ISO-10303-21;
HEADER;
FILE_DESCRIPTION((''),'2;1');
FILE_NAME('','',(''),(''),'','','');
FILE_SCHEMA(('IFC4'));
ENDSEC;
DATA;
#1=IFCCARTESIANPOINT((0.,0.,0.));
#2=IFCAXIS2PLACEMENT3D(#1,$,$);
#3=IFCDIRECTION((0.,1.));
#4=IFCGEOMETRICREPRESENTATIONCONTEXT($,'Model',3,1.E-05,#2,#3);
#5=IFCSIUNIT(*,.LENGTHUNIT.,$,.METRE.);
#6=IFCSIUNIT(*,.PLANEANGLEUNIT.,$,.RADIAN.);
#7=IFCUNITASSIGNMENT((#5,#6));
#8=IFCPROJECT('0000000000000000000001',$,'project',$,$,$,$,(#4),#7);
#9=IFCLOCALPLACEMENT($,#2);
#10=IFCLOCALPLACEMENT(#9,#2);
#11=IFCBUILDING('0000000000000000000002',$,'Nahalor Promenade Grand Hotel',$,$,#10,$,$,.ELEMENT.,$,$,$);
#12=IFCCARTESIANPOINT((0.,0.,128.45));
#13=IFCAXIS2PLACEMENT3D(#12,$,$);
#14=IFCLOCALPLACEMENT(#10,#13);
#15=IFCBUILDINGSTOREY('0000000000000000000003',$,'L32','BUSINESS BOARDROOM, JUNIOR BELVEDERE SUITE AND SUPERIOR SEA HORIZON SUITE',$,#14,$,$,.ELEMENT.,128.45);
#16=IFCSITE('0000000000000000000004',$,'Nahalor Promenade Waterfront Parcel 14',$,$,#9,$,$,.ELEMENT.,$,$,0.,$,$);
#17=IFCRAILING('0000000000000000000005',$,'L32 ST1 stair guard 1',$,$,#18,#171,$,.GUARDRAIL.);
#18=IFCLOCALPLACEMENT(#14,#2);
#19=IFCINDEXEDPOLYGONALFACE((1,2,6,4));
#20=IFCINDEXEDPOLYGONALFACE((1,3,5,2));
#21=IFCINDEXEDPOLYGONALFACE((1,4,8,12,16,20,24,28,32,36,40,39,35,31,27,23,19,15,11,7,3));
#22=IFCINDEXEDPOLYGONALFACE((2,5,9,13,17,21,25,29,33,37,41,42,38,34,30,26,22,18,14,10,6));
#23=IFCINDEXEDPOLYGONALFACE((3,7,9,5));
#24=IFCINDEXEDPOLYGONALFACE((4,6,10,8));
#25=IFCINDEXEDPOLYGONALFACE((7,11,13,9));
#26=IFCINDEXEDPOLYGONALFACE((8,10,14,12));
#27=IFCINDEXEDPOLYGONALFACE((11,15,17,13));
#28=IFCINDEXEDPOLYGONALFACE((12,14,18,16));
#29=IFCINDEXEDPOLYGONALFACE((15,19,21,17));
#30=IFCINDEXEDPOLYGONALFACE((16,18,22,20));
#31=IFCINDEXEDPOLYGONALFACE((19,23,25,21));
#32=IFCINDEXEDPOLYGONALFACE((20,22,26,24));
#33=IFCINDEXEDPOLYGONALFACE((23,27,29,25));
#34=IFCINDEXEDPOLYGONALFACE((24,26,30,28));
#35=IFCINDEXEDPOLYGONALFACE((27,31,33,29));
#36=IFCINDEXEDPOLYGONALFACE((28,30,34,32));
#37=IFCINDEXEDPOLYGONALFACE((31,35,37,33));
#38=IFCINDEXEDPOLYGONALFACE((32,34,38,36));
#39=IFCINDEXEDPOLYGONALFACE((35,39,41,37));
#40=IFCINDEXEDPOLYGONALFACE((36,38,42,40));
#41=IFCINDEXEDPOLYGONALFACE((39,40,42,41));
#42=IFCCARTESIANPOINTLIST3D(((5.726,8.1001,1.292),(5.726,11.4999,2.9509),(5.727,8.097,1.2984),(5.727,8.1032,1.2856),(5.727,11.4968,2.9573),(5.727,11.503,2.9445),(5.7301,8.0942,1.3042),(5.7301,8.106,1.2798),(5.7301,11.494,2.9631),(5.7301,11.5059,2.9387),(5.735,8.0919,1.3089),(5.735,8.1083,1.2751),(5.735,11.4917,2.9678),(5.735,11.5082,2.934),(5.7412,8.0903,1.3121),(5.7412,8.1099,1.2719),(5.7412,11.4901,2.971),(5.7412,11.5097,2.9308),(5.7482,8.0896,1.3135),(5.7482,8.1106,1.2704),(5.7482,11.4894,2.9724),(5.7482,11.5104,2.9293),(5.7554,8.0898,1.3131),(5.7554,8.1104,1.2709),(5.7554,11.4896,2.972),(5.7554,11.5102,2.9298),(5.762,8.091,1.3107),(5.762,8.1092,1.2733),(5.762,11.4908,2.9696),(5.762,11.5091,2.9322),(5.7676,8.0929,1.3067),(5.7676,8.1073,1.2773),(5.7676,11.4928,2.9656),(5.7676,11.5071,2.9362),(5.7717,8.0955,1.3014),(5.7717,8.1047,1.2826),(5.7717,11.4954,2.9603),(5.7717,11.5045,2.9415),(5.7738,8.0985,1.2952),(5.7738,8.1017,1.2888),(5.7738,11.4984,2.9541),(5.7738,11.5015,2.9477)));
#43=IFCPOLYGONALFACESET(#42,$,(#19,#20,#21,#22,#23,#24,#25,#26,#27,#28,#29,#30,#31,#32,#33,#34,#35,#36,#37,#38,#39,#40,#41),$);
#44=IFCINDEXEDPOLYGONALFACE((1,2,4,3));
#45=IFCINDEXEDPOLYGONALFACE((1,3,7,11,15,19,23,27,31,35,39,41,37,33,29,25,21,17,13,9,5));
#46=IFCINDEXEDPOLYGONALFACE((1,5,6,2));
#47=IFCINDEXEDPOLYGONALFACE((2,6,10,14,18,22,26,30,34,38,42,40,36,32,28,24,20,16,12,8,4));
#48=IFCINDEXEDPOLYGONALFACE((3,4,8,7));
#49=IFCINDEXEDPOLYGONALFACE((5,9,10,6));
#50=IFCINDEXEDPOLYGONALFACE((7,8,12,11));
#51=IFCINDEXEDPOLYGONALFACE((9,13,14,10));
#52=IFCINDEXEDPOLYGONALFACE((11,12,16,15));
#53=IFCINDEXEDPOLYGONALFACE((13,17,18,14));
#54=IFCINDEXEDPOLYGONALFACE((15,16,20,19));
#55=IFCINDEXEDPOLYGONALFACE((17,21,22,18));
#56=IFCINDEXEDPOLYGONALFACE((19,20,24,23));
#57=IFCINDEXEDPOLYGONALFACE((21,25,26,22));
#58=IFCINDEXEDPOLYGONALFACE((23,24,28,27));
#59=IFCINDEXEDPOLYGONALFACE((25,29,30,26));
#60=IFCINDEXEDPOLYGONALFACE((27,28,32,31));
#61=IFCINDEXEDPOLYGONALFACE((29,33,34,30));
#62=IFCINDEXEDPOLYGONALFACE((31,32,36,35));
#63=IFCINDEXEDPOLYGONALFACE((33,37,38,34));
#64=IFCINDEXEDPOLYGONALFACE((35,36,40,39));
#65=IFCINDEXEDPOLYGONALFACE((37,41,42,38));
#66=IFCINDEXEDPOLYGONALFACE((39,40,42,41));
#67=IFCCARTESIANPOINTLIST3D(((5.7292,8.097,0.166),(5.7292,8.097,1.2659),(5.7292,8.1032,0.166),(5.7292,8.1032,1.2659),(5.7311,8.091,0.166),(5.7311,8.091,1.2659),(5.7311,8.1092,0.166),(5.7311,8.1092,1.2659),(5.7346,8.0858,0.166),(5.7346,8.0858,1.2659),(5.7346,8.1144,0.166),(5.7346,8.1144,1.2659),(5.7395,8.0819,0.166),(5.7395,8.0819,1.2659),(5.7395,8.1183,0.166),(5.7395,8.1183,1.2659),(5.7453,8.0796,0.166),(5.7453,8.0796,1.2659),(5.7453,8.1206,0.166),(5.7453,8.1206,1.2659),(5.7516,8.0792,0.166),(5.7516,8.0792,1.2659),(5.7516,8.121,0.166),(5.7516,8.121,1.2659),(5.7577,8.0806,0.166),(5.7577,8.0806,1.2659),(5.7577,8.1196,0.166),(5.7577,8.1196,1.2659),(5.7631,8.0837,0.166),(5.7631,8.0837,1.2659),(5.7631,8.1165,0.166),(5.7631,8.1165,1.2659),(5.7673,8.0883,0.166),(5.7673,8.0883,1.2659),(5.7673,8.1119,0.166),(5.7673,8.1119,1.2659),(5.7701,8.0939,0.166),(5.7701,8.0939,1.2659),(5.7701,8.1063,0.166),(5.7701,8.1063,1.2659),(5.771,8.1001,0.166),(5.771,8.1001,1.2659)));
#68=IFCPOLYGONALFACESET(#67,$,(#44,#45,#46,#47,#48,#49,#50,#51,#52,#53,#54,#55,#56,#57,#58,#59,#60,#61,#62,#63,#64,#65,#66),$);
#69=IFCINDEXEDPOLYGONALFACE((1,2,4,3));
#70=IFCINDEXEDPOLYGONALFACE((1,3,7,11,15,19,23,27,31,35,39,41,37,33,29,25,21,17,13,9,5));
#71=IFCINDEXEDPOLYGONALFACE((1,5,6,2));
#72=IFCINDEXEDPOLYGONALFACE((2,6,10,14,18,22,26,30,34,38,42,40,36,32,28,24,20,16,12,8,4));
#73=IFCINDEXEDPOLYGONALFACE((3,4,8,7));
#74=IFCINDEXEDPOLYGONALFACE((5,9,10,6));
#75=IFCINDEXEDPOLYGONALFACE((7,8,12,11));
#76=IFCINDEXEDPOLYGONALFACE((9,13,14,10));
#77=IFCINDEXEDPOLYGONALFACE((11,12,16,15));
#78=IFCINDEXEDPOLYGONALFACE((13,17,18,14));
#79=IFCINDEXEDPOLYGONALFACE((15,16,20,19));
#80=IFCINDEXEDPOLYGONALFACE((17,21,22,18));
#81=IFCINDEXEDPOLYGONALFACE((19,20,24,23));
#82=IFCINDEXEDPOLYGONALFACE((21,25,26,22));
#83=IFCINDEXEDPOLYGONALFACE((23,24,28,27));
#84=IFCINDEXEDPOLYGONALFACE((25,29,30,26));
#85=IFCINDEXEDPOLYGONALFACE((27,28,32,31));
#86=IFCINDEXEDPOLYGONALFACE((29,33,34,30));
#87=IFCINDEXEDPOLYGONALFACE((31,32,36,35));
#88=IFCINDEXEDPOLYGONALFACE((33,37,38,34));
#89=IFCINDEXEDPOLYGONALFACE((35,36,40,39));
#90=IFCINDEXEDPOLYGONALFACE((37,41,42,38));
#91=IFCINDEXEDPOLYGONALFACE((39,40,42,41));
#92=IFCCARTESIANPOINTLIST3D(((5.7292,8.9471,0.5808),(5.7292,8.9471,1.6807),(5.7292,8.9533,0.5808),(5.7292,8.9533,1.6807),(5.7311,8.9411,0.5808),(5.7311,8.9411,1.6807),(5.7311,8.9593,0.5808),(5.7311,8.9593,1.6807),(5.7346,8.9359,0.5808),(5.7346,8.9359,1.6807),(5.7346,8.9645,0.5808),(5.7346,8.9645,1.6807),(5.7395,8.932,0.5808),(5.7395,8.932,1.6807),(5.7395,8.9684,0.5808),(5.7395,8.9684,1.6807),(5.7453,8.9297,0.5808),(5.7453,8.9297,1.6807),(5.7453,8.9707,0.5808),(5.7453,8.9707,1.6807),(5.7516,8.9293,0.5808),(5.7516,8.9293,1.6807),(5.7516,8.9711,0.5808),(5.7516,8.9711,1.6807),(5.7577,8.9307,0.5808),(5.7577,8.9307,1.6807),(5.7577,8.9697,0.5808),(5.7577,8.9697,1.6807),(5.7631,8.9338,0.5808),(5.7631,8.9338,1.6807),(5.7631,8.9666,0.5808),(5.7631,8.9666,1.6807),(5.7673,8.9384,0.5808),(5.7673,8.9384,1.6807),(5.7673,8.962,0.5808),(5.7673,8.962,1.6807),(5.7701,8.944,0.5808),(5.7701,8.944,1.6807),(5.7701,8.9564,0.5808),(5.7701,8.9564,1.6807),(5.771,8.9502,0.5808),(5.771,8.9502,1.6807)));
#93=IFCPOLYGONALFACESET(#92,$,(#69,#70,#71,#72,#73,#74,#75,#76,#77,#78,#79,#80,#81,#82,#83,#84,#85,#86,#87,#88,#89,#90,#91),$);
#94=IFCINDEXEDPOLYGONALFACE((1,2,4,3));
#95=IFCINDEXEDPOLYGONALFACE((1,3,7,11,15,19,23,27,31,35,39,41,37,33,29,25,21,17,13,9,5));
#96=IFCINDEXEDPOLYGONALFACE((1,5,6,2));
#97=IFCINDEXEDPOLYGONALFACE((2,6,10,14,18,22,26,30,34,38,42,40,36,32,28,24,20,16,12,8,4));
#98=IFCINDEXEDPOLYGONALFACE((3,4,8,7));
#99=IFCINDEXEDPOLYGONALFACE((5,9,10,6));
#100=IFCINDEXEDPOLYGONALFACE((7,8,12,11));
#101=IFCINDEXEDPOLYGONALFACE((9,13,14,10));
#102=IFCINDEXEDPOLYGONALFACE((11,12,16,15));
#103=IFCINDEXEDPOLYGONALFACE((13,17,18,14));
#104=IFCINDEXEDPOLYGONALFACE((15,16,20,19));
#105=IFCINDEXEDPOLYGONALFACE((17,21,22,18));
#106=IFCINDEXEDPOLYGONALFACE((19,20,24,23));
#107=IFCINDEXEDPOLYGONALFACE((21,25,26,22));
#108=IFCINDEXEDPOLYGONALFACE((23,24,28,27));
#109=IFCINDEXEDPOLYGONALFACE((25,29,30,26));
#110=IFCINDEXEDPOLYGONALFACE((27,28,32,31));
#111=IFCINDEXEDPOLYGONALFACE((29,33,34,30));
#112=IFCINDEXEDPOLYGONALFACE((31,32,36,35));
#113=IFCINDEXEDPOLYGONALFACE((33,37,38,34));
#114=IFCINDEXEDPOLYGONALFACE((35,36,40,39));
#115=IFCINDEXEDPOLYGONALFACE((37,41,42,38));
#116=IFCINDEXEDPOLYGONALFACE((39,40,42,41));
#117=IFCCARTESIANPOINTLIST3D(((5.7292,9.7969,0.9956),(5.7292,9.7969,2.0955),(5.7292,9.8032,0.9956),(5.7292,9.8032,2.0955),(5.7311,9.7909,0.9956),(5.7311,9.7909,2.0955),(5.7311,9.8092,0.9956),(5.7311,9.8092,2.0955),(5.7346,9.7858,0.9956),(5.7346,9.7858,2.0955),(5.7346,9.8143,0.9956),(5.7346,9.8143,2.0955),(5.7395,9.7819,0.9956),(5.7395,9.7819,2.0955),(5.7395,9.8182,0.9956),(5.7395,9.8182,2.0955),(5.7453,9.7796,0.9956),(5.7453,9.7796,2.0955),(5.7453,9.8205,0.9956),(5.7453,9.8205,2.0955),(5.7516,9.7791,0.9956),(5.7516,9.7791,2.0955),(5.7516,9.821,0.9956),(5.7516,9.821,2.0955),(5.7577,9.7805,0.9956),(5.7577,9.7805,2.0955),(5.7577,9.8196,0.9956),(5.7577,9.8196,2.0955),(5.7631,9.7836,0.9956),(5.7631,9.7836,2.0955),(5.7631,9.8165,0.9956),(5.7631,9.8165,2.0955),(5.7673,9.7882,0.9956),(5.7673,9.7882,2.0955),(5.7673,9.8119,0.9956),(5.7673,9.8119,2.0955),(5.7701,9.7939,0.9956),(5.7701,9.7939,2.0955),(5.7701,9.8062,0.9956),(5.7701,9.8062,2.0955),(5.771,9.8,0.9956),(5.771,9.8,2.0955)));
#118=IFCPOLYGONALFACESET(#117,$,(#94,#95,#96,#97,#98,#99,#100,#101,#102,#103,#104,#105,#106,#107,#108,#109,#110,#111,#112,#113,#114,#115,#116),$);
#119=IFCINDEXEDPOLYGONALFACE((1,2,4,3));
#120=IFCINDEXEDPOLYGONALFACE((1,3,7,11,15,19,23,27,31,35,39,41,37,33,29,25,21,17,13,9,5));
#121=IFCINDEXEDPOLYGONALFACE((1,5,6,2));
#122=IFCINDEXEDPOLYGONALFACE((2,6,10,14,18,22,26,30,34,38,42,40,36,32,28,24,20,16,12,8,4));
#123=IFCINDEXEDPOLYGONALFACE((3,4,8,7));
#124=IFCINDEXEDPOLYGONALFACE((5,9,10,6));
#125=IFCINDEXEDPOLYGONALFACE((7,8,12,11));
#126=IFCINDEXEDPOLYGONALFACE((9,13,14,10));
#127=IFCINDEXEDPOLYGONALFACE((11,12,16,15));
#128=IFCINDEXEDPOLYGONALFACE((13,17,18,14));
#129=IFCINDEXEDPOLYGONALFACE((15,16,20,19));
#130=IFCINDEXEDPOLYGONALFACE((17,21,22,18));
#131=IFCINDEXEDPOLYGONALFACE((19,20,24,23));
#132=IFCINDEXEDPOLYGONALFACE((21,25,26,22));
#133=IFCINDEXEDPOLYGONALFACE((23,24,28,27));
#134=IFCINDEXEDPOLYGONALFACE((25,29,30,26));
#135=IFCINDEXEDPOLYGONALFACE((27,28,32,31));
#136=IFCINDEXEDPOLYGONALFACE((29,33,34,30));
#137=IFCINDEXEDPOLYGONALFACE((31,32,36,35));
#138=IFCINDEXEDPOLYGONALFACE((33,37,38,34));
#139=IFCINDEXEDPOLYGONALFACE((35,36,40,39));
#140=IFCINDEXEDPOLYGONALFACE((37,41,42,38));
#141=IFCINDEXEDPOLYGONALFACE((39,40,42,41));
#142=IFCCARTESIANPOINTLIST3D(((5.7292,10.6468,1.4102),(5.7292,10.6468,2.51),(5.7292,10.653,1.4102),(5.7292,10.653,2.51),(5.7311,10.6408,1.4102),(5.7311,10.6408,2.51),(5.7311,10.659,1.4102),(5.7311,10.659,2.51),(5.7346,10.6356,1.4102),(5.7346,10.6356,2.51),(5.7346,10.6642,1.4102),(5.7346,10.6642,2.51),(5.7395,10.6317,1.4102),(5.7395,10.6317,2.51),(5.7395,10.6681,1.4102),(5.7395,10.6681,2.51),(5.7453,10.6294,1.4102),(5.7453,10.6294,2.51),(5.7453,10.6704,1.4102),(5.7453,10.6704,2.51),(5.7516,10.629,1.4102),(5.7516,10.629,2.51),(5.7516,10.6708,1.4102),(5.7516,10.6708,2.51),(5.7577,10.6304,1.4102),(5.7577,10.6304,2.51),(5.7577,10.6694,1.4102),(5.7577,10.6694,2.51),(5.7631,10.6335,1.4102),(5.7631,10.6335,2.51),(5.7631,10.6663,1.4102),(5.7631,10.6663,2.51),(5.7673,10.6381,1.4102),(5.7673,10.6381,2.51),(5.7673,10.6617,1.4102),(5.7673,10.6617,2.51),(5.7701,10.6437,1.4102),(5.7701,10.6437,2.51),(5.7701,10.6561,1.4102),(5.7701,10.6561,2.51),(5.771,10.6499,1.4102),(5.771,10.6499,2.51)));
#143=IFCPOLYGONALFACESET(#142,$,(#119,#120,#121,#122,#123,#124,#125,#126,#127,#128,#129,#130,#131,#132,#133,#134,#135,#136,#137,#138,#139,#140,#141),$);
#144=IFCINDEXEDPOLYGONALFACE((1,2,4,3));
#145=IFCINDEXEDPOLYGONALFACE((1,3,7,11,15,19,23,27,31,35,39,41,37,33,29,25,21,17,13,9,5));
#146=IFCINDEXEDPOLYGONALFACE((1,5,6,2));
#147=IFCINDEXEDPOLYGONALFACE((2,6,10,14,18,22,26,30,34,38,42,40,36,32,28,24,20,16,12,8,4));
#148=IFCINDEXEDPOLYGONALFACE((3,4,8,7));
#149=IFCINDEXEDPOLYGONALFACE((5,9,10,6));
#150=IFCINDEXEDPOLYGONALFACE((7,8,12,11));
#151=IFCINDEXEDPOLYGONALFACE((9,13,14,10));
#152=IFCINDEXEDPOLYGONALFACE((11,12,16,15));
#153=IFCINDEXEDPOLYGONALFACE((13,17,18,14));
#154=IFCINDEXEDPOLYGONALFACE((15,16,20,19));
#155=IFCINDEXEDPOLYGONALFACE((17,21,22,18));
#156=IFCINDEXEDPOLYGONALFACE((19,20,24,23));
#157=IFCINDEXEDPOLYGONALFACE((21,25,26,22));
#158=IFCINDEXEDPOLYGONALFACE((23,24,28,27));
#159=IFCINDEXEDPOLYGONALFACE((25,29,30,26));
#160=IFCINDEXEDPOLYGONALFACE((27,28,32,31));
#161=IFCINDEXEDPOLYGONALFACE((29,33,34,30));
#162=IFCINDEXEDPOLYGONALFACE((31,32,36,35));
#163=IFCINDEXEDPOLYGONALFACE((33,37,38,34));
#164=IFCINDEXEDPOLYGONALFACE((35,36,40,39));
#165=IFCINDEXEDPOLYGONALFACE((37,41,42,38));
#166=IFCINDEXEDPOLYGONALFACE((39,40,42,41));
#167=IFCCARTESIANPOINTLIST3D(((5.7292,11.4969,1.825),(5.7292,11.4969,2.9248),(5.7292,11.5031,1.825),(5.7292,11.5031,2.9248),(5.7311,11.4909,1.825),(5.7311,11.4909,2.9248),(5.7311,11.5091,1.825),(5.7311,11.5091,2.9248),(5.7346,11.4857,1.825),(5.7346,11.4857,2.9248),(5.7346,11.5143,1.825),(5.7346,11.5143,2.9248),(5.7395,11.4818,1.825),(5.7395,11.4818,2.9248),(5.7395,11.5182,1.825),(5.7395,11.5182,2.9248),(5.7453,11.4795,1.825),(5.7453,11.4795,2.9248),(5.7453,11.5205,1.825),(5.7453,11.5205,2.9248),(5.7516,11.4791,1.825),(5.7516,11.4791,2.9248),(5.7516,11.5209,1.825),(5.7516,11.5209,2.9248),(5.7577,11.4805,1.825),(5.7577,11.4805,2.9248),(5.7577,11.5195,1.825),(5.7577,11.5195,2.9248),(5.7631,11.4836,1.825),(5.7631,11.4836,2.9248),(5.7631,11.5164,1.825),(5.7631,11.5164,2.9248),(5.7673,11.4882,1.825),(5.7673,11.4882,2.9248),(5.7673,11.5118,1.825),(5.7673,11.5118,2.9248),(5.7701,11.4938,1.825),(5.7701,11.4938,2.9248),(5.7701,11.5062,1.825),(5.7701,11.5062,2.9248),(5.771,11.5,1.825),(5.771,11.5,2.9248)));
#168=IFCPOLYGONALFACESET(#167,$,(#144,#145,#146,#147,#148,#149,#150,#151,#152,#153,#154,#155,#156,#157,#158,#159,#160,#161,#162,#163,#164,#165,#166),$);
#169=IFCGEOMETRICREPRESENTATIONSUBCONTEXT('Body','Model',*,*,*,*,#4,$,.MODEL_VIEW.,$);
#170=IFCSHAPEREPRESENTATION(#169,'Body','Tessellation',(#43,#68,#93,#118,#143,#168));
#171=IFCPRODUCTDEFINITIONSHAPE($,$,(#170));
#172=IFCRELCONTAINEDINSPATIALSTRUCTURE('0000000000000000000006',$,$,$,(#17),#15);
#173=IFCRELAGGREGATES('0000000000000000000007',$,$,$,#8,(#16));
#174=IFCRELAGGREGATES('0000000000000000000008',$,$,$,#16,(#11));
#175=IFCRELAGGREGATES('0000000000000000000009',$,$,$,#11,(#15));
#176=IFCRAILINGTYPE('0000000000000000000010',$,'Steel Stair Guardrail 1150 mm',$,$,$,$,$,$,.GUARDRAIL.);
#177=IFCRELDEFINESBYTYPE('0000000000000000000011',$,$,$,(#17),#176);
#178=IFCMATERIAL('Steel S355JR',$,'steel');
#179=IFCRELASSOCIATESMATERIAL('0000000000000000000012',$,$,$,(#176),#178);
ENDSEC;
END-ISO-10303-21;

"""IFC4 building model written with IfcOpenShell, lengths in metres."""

from ifc_helpers import new_model, si_unit, direction, frame, origin, origin_2d, place, context, subcontext, project, spatial, circle, extrude, material, type_object, element, save


model = new_model("IFC4")

# Units and contexts
model_context = context("Model", 3, precision=1e-05, world=origin(), true_north=direction((0.0, 1.0)))
body_context = subcontext(model_context, "Body", "Model", "MODEL_VIEW")
ifc_project = project(units=[si_unit("LENGTHUNIT", "METRE"), si_unit("PLANEANGLEUNIT", "RADIAN")], contexts=[model_context])

# Site, building, storey
site_placement = place(None, origin())
site = spatial("IfcSite", under=ifc_project, at=site_placement, Name="Nahalor Promenade Waterfront Parcel 14", CompositionType="ELEMENT", RefElevation=0.0)
building_placement = place(site_placement, origin())
building = spatial("IfcBuilding", under=site, at=building_placement, Name="Nahalor Promenade Grand Hotel", CompositionType="ELEMENT")
storey_placement = place(building_placement, frame((0.0, 0.0, 128.45)))
storey = spatial("IfcBuildingStorey", under=building, at=storey_placement, Name="L32", Description="BUSINESS BOARDROOM, JUNIOR BELVEDERE SUITE AND SUPERIOR SEA HORIZON SUITE", CompositionType="ELEMENT", Elevation=128.45)

# Shared definitions
ifc_material_1 = material(Name="Steel S355JR", Category="steel")

# Railing
railing_type_1 = type_object("IfcRailingType", Name="Steel Stair Guardrail 1150 mm", PredefinedType="GUARDRAIL", material=ifc_material_1)
railing_1_placement = place(storey_placement, frame((5.75, 8.1001, 0.166)))
element("IfcRailing", 1, at=railing_1_placement, inside=storey, type_object=railing_type_1, Name="L32 ST1 stair guard 1", PredefinedType="GUARDRAIL", context=body_context, shape_type="SweptSolid", body=[
    extrude(circle(Radius=0.024, at=origin_2d()), frame((0.0, 0.0, 1.126), z_axis=(0.0, 0.898722, 0.438519), x_axis=(-1.0, 0.0, 0.0)), (0.0, 0.0, 1.0), 3.783),
    extrude(circle(Radius=0.021, at=origin_2d()), origin(), (0.0, 0.0, 1.0), 1.0999),
    extrude(circle(Radius=0.021, at=origin_2d()), frame((0.0, 0.8501, 0.4148)), (0.0, 0.0, 1.0), 1.0999),
    extrude(circle(Radius=0.021, at=origin_2d()), frame((0.0, 1.7, 0.8296)), (0.0, 0.0, 1.0), 1.0999),
    extrude(circle(Radius=0.021, at=origin_2d()), frame((0.0, 2.5498, 1.2441)), (0.0, 0.0, 1.0), 1.0999),
    extrude(circle(Radius=0.021, at=origin_2d()), frame((0.0, 3.3999, 1.6589)), (0.0, 0.0, 1.0), 1.0999),
])

save(model, "model.ifc")
